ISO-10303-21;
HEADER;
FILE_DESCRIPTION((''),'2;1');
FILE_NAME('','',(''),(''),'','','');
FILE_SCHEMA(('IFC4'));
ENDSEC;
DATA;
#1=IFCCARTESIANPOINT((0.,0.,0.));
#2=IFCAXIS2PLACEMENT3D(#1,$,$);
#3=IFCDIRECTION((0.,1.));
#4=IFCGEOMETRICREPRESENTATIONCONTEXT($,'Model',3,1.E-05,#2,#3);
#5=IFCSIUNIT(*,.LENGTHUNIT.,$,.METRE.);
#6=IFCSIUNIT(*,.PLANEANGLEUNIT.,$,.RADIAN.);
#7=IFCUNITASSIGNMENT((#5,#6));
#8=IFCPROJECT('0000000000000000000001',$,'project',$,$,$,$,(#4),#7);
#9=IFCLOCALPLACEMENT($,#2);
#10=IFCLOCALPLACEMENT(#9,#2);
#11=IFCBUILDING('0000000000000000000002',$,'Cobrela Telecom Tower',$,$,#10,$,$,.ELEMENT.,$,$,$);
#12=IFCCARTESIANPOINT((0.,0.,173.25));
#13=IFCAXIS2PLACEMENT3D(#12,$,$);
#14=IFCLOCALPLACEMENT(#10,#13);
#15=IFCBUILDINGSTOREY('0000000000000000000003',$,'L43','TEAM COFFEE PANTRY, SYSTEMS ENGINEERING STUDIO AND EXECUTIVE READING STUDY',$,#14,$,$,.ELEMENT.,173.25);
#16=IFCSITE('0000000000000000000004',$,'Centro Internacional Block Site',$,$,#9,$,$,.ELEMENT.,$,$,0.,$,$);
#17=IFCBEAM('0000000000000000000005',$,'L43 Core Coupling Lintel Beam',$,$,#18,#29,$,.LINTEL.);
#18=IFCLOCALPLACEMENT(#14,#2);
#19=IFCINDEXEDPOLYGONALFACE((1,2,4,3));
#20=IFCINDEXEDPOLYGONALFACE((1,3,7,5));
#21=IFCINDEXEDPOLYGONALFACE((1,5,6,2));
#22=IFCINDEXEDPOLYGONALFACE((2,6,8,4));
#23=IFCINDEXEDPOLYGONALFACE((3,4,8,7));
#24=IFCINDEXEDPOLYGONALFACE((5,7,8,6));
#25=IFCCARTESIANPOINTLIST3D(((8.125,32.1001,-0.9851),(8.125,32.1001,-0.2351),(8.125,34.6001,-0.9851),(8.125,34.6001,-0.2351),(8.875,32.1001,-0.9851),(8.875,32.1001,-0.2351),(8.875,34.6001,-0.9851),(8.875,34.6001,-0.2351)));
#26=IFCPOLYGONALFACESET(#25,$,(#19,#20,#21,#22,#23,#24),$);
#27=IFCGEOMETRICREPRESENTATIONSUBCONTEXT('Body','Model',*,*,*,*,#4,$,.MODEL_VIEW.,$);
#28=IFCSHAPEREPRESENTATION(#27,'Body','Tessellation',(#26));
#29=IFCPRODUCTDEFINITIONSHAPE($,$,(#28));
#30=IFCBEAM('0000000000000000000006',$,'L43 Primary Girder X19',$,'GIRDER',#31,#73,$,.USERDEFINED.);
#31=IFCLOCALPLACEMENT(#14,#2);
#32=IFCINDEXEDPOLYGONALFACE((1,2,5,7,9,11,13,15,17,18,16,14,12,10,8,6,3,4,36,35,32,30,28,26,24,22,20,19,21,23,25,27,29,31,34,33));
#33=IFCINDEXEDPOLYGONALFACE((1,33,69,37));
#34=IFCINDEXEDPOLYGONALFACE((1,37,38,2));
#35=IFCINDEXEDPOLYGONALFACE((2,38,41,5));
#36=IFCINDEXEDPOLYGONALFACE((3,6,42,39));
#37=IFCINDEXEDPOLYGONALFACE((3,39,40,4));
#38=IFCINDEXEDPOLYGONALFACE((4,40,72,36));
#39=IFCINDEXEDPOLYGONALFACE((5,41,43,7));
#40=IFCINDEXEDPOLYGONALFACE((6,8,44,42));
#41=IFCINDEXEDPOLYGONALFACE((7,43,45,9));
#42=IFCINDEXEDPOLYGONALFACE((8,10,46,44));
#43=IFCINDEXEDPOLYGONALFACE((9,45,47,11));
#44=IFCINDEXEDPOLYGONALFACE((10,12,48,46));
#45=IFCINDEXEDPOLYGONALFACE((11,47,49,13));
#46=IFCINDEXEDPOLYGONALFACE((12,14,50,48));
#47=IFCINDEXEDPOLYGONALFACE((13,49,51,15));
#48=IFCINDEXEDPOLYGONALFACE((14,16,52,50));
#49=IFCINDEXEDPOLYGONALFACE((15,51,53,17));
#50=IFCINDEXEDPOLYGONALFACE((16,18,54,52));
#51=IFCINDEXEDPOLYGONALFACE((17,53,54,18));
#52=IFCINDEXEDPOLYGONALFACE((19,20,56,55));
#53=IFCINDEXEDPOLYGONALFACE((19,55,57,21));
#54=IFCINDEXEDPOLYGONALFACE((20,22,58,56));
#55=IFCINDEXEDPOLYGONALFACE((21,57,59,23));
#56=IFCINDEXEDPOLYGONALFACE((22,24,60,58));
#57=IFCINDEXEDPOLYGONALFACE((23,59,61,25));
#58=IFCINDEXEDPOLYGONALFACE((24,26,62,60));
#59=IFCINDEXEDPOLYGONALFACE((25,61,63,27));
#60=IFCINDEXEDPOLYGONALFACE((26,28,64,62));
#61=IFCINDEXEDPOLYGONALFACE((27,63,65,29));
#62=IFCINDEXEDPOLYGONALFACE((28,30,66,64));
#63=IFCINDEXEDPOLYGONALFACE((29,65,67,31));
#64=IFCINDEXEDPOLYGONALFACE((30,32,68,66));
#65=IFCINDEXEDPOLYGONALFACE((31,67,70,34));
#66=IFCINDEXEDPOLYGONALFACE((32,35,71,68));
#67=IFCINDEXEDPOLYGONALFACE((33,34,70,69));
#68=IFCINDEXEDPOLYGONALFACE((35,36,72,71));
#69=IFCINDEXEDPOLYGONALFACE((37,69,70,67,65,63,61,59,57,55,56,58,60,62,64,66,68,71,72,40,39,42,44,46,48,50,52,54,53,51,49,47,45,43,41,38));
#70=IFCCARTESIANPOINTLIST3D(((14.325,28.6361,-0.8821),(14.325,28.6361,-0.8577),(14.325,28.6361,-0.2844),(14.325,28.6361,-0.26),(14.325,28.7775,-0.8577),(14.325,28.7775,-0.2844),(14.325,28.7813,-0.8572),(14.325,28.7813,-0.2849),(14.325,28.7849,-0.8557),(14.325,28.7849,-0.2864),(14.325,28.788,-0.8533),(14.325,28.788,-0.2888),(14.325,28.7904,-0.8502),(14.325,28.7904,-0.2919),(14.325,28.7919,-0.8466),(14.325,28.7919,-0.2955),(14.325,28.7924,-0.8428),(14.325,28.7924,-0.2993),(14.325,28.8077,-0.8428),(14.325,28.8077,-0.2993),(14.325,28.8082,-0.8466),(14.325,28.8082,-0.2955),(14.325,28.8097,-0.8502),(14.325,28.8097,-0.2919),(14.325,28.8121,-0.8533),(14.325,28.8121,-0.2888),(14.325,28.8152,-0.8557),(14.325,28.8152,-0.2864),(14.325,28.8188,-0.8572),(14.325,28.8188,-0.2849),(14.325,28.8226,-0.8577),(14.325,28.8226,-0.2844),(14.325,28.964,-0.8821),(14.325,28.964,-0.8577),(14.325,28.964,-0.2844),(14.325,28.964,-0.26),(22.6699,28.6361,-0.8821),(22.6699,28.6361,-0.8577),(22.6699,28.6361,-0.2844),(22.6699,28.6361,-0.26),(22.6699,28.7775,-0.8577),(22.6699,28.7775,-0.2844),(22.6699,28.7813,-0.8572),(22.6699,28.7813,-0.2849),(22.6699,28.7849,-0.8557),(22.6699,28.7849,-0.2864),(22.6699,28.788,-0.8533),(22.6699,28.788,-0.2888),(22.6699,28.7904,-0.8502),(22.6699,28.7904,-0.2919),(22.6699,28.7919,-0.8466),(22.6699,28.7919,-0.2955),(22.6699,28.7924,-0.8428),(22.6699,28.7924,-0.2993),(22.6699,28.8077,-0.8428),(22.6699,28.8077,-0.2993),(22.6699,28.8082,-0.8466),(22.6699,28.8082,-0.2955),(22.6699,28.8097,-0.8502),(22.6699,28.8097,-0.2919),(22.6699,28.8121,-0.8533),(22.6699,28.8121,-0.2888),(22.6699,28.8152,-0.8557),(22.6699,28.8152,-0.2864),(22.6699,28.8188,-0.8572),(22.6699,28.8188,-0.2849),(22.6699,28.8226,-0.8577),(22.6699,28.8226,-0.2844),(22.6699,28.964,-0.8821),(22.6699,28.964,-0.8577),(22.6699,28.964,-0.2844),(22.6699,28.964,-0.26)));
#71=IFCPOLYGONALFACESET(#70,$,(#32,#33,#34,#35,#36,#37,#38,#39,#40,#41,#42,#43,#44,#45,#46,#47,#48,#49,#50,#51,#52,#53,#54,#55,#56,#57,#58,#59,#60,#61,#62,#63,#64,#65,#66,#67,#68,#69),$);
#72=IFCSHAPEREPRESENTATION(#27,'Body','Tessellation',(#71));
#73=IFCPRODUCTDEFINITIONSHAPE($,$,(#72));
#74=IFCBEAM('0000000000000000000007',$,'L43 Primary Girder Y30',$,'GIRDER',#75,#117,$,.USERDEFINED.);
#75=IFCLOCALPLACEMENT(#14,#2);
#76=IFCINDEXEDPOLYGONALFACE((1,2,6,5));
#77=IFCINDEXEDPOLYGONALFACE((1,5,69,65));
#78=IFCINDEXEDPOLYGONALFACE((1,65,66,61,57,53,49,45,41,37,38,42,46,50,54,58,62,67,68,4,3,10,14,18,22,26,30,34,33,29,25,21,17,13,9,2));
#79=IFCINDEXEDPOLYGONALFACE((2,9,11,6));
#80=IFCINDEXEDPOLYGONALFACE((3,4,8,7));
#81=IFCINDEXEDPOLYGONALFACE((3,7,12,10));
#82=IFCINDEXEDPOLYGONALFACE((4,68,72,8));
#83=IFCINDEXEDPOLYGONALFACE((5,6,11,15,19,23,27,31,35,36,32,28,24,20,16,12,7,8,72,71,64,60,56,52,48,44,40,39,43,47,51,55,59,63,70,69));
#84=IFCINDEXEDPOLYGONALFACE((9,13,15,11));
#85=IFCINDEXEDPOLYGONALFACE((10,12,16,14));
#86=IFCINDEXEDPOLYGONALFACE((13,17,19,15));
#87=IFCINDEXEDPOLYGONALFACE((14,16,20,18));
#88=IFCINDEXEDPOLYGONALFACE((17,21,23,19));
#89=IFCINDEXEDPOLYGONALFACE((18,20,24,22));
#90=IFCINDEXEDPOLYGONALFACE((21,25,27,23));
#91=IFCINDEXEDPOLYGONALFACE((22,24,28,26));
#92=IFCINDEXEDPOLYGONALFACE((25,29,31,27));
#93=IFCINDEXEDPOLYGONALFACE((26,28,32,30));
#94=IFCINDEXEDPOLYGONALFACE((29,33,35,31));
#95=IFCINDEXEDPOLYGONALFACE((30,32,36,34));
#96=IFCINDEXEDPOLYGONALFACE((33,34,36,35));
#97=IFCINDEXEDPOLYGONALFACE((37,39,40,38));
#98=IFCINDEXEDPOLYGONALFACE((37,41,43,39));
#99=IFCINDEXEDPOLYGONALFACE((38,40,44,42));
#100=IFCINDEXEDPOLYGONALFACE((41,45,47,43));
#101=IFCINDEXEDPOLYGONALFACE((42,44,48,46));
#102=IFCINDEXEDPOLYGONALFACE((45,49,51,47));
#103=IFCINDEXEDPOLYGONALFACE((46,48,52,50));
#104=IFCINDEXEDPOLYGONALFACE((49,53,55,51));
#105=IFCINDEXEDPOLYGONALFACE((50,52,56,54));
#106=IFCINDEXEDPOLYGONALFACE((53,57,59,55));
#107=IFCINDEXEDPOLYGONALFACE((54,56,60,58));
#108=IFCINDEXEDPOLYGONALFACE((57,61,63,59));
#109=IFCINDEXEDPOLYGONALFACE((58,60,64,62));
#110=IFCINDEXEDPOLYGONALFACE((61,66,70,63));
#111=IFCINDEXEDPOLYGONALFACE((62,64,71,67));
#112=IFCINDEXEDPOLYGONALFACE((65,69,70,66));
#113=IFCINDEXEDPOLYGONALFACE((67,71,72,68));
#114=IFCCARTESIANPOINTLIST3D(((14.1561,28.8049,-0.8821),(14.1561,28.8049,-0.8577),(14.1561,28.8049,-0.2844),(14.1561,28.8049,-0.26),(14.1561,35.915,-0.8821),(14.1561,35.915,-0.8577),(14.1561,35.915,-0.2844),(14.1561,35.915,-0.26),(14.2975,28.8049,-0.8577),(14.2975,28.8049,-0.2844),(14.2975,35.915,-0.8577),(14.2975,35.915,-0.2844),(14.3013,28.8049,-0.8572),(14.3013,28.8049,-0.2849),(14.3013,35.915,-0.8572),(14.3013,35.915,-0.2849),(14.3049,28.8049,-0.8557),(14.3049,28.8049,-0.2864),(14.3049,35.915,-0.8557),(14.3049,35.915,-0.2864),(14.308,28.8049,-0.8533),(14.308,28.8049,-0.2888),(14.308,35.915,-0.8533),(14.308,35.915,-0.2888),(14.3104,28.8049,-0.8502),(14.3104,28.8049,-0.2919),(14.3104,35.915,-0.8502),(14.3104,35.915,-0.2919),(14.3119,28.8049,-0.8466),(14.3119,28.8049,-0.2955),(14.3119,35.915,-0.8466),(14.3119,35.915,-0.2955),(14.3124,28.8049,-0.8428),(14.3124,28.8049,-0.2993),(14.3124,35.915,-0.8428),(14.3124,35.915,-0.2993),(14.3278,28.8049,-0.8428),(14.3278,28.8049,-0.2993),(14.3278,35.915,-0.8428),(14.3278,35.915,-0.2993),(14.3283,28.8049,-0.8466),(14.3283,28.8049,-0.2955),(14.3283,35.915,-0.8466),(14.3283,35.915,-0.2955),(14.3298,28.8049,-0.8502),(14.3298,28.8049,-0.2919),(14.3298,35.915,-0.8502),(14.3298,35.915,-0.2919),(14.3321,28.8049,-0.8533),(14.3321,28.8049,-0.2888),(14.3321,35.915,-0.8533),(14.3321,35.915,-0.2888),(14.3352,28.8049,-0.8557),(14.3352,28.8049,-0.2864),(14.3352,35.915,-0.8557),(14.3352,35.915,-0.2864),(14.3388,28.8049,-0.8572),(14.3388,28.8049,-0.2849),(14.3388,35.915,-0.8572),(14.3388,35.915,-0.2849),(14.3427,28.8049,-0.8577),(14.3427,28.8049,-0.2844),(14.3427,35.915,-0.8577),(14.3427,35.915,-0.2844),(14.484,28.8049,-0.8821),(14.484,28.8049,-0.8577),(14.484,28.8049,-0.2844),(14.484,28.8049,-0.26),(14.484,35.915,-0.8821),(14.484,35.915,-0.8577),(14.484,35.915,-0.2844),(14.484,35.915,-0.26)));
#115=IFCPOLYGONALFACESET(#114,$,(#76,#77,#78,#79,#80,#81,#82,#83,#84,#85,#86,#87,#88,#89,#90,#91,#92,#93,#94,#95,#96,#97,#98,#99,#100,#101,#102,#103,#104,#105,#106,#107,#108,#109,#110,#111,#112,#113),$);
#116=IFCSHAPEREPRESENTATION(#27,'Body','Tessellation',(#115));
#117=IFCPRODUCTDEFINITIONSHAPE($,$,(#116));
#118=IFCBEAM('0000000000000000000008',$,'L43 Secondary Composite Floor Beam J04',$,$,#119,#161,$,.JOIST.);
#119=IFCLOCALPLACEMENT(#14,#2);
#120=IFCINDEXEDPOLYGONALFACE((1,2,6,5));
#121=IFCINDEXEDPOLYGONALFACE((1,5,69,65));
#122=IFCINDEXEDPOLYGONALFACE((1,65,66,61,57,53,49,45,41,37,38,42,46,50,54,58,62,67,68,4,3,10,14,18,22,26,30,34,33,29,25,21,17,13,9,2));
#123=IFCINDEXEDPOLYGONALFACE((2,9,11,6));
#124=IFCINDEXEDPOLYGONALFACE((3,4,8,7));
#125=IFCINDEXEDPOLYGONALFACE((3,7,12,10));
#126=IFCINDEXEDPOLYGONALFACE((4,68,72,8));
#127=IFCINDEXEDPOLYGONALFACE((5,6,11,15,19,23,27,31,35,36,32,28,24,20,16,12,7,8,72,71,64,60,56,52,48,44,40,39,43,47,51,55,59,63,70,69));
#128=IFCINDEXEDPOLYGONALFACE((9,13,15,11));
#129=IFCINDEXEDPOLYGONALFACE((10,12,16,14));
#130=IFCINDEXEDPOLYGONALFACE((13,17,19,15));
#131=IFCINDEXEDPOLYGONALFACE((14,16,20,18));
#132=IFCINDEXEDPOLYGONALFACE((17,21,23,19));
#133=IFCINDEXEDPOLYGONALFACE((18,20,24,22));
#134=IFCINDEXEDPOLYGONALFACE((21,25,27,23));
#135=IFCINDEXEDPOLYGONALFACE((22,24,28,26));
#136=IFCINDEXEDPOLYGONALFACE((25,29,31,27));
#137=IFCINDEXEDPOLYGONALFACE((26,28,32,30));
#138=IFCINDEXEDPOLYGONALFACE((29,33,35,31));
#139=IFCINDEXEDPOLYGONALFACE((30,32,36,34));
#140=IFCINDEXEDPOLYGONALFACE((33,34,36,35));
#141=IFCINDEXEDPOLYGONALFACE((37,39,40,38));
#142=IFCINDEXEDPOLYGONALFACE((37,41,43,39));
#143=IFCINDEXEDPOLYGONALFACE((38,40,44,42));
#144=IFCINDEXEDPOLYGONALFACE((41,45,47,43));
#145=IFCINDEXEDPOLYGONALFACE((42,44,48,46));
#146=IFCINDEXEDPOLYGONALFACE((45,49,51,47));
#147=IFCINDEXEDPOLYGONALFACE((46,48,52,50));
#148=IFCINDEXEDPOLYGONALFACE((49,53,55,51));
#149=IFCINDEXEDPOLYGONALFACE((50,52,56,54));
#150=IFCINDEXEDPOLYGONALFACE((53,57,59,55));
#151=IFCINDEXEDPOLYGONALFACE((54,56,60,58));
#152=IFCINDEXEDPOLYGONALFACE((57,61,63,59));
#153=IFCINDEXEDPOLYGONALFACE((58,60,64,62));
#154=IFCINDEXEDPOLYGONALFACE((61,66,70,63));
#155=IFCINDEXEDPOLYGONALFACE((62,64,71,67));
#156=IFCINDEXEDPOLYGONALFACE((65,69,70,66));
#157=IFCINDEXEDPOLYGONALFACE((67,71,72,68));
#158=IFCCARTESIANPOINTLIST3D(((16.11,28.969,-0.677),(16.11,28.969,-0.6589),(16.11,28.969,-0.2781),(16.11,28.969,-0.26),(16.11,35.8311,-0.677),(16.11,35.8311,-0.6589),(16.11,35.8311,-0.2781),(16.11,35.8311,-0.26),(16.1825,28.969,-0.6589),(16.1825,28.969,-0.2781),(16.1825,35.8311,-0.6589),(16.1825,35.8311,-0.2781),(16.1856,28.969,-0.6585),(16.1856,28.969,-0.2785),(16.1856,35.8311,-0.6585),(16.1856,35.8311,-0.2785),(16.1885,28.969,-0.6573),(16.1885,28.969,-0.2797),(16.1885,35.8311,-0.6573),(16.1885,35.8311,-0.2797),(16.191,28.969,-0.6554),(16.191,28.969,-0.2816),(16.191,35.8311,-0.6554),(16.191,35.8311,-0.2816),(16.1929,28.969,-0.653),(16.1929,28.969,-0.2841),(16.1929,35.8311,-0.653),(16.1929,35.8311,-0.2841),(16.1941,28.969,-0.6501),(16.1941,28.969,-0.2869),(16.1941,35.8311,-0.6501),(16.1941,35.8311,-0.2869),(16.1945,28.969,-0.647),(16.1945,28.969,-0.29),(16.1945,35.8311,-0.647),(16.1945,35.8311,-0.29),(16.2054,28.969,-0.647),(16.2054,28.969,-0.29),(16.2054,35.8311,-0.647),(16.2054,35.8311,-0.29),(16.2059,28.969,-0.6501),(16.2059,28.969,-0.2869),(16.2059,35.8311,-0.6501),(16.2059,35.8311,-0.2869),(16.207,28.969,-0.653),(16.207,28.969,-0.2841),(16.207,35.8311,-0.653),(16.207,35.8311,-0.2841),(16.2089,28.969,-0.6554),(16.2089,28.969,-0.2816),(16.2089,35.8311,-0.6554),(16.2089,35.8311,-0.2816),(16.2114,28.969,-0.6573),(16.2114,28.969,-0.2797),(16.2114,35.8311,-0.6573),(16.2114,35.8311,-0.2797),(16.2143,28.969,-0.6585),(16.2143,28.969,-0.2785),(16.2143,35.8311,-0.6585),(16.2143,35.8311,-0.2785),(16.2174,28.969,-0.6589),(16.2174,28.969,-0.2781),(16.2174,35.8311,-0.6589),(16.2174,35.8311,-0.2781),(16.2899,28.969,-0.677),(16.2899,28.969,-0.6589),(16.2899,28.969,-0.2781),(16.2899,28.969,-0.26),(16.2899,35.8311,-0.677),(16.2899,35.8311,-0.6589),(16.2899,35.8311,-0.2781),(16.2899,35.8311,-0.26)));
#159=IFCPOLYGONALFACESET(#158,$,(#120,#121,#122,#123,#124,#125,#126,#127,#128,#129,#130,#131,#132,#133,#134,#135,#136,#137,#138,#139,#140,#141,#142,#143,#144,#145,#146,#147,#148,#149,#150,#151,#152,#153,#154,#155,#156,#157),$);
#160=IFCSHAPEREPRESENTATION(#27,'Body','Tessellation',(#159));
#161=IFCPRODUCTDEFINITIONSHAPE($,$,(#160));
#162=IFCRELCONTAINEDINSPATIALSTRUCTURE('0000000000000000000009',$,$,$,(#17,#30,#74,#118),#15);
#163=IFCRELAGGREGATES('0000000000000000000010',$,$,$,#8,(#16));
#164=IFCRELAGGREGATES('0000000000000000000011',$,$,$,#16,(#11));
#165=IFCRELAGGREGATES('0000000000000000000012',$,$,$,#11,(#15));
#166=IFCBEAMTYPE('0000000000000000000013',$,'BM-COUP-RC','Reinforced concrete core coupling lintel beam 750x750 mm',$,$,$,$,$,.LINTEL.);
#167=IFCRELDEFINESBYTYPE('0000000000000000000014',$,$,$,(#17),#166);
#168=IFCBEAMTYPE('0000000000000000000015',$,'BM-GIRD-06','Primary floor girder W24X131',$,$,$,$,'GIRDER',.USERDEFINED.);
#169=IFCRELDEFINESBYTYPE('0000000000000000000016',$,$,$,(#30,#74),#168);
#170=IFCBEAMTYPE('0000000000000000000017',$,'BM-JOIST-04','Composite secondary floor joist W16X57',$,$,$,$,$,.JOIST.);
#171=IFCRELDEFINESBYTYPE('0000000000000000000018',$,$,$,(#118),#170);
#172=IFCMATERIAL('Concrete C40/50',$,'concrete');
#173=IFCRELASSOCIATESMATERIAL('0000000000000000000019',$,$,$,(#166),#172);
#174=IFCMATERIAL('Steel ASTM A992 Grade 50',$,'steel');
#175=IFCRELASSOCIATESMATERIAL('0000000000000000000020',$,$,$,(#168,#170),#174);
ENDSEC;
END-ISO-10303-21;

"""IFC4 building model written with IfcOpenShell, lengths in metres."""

from ifc_helpers import new_model, si_unit, direction, frame, origin, origin_2d, place, context, subcontext, project, spatial, rectangle, i_section, extrude, material, material_profile, profile_set, type_object, element, save


model = new_model("IFC4")

# Units and contexts
model_context = context("Model", 3, precision=1e-05, world=origin(), true_north=direction((0.0, 1.0)))
body_context = subcontext(model_context, "Body", "Model", "MODEL_VIEW")
ifc_project = project(units=[si_unit("LENGTHUNIT", "METRE"), si_unit("PLANEANGLEUNIT", "RADIAN")], contexts=[model_context])

# Site, building, storey
site_placement = place(None, origin())
site = spatial("IfcSite", under=ifc_project, at=site_placement, Name="Centro Internacional Block Site", CompositionType="ELEMENT", RefElevation=0.0)
building_placement = place(site_placement, origin())
building = spatial("IfcBuilding", under=site, at=building_placement, Name="Cobrela Telecom Tower", CompositionType="ELEMENT")
storey_placement = place(building_placement, frame((0.0, 0.0, 173.25)))
storey = spatial("IfcBuildingStorey", under=building, at=storey_placement, Name="L43", Description="TEAM COFFEE PANTRY, SYSTEMS ENGINEERING STUDIO AND EXECUTIVE READING STUDY", CompositionType="ELEMENT", Elevation=173.25)

# Beams
ifc_material_1 = material(Name="Concrete C40/50", Category="concrete")
ifc_material_profile_1 = material_profile(ifc_material_1, rectangle(XDim=0.75, YDim=0.75, at=origin_2d()), Name="RC 750x750")
ifc_profile_set_1 = profile_set([ifc_material_profile_1], Name="Concrete C40/50")
beam_type_1 = type_object("IfcBeamType", Name="BM-COUP-RC", Description="Reinforced concrete core coupling lintel beam 750x750 mm", PredefinedType="LINTEL", material=ifc_profile_set_1)
beam_1_placement = place(storey_placement, frame((8.5, 32.1001, -0.6101), z_axis=(0.0, 1.0, 0.0), x_axis=(-1.0, 0.0, 0.0)))
element("IfcBeam", 1, at=beam_1_placement, inside=storey, type_object=beam_type_1, Name="L43 Core Coupling Lintel Beam", PredefinedType="LINTEL", context=body_context, shape_type="SweptSolid", body=[
    extrude(rectangle(XDim=0.75, YDim=0.75, at=origin_2d()), origin(), (0.0, 0.0, 1.0), 2.5),
])
ifc_material_2 = material(Name="Steel ASTM A992 Grade 50", Category="steel")
ifc_material_profile_2 = material_profile(ifc_material_2, i_section(OverallWidth=0.3279, OverallDepth=0.6221, WebThickness=0.0154, FlangeThickness=0.0244, FilletRadius=0.0149, at=origin_2d()), Name="W24X131")
ifc_profile_set_2 = profile_set([ifc_material_profile_2], Name="Steel ASTM A992 Grade 50")
beam_type_2 = type_object("IfcBeamType", Name="BM-GIRD-06", Description="Primary floor girder W24X131", ElementType="GIRDER", PredefinedType="USERDEFINED", material=ifc_profile_set_2)
beam_2_placement = place(storey_placement, frame((14.325, 28.8, -0.571), z_axis=(1.0, 0.0, 0.0), x_axis=(0.0, 1.0, 0.0)))
element("IfcBeam", 2, at=beam_2_placement, inside=storey, type_object=beam_type_2, Name="L43 Primary Girder X19", ObjectType="GIRDER", PredefinedType="USERDEFINED", context=body_context, shape_type="SweptSolid", body=[
    extrude(i_section(OverallWidth=0.3279, OverallDepth=0.6221, WebThickness=0.0154, FlangeThickness=0.0244, FilletRadius=0.0149, at=origin_2d()), origin(), (0.0, 0.0, 1.0), 8.345),
])
beam_3_placement = place(storey_placement, frame((14.3201, 28.8049, -0.571), z_axis=(0.0, 1.0, 0.0), x_axis=(-1.0, 0.0, 0.0)))
element("IfcBeam", 3, at=beam_3_placement, inside=storey, type_object=beam_type_2, Name="L43 Primary Girder Y30", ObjectType="GIRDER", PredefinedType="USERDEFINED", context=body_context, shape_type="SweptSolid", body=[
    extrude(i_section(OverallWidth=0.3279, OverallDepth=0.6221, WebThickness=0.0154, FlangeThickness=0.0244, FilletRadius=0.0149, at=origin_2d()), origin(), (0.0, 0.0, 1.0), 7.1101),
])
ifc_material_profile_3 = material_profile(ifc_material_2, i_section(OverallWidth=0.1799, OverallDepth=0.417, WebThickness=0.011, FlangeThickness=0.0181, FilletRadius=0.012, at=origin_2d()), Name="W16X57")
ifc_profile_set_3 = profile_set([ifc_material_profile_3], Name="Steel ASTM A992 Grade 50")
beam_type_3 = type_object("IfcBeamType", Name="BM-JOIST-04", Description="Composite secondary floor joist W16X57", PredefinedType="JOIST", material=ifc_profile_set_3)
beam_4_placement = place(storey_placement, frame((16.2, 28.969, -0.4685), z_axis=(0.0, 1.0, 0.0), x_axis=(-1.0, 0.0, 0.0)))
element("IfcBeam", 4, at=beam_4_placement, inside=storey, type_object=beam_type_3, Name="L43 Secondary Composite Floor Beam J04", PredefinedType="JOIST", context=body_context, shape_type="SweptSolid", body=[
    extrude(i_section(OverallWidth=0.1799, OverallDepth=0.417, WebThickness=0.011, FlangeThickness=0.0181, FilletRadius=0.012, at=origin_2d()), origin(), (0.0, 0.0, 1.0), 6.8621),
])

save(model, "model.ifc")
